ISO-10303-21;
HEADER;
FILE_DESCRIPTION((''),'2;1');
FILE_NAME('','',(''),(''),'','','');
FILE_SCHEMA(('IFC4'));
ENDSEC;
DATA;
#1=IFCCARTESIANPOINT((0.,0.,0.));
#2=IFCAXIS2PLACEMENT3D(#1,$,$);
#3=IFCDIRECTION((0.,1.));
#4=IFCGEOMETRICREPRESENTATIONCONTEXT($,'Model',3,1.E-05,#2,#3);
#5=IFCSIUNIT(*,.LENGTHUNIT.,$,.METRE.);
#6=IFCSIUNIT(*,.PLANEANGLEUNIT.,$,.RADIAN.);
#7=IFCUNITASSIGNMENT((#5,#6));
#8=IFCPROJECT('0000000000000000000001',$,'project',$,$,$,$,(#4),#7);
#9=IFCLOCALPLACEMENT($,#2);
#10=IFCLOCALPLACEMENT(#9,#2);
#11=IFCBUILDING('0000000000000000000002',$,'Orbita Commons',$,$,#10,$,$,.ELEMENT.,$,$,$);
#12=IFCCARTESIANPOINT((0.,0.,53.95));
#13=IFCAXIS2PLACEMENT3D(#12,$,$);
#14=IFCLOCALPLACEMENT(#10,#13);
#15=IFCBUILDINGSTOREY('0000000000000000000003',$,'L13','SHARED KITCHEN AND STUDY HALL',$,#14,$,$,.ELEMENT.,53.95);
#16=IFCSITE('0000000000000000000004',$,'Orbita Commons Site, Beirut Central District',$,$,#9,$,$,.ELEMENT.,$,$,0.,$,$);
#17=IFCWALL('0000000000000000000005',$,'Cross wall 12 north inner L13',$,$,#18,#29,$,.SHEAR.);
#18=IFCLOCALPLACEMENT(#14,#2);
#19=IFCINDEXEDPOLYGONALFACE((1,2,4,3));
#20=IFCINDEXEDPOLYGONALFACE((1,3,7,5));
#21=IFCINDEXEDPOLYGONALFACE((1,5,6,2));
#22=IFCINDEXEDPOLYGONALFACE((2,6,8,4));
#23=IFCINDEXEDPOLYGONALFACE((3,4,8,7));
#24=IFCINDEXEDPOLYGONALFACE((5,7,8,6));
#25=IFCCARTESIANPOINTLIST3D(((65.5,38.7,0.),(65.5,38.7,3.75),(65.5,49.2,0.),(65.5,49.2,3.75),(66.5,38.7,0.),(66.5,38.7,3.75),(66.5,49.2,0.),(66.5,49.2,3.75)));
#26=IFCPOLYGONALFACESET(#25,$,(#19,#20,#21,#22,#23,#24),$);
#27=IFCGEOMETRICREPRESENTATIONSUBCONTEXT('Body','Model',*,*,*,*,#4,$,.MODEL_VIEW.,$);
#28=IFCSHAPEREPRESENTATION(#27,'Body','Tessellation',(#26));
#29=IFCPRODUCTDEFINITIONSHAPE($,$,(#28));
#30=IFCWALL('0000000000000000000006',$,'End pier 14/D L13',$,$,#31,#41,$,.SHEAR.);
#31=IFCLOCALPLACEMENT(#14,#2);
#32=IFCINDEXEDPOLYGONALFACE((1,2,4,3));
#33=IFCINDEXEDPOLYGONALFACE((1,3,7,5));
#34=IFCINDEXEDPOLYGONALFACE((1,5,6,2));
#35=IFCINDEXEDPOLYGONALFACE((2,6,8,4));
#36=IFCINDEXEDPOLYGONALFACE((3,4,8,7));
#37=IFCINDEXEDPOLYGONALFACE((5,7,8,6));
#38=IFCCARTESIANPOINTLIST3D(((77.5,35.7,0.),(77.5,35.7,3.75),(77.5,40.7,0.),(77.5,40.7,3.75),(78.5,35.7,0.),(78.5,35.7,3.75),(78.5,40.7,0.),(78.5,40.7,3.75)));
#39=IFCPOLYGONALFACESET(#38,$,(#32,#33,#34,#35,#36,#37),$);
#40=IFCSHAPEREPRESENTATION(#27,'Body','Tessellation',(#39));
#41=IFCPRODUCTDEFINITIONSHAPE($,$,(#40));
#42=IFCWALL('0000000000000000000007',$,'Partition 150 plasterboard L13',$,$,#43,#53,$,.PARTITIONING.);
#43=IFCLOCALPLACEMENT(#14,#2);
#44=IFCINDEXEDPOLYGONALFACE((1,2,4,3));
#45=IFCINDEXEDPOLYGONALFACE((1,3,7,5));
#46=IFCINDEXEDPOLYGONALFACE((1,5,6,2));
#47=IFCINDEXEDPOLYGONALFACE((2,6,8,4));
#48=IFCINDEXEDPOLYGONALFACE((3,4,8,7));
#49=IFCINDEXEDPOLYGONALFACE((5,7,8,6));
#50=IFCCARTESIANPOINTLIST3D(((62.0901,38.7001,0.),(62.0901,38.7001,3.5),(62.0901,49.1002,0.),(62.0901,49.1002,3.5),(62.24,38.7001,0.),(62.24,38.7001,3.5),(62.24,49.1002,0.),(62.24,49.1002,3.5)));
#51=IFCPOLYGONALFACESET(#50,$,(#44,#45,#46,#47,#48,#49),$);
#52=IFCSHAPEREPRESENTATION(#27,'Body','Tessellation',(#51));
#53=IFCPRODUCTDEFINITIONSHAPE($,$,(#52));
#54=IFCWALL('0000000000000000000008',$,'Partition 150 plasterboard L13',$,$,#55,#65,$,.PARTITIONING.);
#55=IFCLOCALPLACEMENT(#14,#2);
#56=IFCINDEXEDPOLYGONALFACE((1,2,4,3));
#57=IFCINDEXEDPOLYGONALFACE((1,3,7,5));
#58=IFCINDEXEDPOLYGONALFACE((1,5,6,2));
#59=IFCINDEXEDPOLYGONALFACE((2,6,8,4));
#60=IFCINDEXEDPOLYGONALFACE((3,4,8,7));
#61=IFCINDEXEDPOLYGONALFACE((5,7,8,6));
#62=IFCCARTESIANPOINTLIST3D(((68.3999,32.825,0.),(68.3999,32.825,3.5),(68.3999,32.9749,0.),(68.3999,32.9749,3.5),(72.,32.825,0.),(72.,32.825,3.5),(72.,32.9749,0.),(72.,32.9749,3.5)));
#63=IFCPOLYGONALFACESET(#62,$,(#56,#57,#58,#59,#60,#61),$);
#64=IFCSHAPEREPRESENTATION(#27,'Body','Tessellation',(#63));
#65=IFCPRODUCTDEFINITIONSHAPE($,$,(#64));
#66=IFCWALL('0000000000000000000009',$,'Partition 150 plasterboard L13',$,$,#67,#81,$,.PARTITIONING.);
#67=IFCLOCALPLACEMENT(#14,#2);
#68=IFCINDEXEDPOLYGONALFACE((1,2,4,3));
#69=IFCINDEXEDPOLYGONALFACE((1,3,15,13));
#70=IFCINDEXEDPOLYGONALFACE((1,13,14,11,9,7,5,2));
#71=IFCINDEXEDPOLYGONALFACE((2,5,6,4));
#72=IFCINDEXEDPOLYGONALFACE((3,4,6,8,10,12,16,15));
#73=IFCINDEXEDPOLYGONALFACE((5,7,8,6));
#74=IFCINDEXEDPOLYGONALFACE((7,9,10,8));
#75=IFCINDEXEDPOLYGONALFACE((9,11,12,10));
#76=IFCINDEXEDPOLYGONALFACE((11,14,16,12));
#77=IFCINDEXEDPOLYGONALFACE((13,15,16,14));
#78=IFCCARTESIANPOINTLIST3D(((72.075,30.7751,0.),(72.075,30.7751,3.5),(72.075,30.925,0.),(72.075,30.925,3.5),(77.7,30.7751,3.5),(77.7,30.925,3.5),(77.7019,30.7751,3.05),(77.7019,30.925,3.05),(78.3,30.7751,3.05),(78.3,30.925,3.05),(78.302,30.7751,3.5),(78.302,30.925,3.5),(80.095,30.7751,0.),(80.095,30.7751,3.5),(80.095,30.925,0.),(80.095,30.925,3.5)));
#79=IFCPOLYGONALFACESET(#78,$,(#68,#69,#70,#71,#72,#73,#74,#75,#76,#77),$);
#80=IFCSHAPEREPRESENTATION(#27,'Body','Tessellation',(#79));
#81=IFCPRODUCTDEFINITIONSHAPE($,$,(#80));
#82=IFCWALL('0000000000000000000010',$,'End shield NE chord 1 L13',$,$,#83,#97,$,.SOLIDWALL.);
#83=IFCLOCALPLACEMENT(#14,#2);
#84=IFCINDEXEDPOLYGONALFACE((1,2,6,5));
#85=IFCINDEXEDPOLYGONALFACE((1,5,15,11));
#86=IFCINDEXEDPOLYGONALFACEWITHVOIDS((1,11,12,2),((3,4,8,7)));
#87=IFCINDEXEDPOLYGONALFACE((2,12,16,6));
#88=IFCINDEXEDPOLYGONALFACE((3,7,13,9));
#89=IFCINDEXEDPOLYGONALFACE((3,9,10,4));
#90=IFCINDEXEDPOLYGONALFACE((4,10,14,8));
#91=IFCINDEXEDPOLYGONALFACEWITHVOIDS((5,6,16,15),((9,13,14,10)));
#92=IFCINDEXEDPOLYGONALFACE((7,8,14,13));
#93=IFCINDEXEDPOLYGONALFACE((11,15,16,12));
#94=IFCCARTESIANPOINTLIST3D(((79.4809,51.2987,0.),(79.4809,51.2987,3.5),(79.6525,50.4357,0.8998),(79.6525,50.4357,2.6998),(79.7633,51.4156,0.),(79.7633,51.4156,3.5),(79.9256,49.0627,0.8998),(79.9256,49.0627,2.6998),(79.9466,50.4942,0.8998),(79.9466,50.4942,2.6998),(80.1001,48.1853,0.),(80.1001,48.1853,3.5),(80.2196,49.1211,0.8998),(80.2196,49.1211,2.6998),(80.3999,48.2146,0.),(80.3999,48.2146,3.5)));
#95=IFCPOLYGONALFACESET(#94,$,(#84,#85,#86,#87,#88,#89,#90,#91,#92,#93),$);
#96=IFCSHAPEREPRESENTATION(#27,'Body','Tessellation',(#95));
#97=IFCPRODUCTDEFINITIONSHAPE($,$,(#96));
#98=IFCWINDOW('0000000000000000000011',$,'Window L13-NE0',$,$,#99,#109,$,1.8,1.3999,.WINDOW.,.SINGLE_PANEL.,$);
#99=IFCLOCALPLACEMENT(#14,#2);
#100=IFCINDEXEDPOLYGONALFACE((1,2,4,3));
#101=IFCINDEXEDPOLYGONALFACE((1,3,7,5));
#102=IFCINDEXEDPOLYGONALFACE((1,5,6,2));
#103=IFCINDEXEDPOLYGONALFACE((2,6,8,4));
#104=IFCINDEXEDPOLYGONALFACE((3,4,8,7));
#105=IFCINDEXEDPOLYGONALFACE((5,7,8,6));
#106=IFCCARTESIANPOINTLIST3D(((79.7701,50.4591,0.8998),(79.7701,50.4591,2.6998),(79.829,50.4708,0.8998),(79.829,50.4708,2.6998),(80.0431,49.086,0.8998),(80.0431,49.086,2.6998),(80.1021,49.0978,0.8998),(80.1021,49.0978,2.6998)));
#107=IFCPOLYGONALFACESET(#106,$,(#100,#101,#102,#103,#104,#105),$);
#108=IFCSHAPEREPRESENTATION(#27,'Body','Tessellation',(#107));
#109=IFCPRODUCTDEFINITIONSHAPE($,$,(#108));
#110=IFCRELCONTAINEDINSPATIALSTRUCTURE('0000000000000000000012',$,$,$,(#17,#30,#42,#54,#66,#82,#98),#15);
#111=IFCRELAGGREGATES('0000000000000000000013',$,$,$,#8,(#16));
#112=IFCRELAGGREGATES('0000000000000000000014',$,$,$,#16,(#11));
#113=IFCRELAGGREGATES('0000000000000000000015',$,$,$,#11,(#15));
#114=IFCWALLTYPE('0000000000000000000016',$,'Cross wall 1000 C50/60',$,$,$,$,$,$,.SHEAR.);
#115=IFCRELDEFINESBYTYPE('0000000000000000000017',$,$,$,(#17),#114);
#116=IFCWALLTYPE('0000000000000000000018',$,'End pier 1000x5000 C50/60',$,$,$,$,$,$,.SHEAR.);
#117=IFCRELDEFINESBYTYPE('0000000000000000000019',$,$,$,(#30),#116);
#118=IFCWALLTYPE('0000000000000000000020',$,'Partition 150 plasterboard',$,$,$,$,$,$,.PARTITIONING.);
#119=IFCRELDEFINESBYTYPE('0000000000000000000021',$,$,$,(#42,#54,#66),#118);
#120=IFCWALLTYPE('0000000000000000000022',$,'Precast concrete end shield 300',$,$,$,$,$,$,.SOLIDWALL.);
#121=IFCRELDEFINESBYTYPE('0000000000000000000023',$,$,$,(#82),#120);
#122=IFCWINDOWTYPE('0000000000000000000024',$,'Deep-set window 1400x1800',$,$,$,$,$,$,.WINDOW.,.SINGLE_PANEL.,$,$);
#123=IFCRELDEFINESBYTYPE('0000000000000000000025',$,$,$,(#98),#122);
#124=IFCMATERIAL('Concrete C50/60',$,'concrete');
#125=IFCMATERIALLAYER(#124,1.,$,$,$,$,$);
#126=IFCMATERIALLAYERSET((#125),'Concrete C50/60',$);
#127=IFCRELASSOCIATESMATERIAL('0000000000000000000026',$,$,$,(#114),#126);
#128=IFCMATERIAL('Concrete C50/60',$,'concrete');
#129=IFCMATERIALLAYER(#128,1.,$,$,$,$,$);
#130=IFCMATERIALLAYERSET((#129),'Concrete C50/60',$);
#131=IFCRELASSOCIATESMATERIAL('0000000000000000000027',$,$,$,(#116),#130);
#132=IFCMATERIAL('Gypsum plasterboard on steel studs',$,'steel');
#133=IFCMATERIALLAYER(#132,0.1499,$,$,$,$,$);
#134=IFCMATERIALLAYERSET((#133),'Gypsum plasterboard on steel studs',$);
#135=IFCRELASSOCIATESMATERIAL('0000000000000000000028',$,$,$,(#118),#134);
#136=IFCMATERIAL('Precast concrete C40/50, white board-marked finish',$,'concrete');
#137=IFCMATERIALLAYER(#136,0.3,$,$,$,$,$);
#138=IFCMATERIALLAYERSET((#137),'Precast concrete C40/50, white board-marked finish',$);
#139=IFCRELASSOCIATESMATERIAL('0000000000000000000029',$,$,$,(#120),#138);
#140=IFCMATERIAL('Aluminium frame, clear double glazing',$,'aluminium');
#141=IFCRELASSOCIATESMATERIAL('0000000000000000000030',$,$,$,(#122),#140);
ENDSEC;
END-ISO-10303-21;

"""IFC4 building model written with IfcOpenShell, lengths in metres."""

from ifc_helpers import new_model, si_unit, direction, frame, frame_2d, origin, place, context, subcontext, project, spatial, polyline, rectangle, outline, extrude, material, layer, layer_set, type_object, element, fill, save


model = new_model("IFC4")

# Units and contexts
model_context = context("Model", 3, precision=1e-05, world=origin(), true_north=direction((0.0, 1.0)))
body_context = subcontext(model_context, "Body", "Model", "MODEL_VIEW")
ifc_project = project(units=[si_unit("LENGTHUNIT", "METRE"), si_unit("PLANEANGLEUNIT", "RADIAN")], contexts=[model_context])

# Site, building, storey
site_placement = place(None, origin())
site = spatial("IfcSite", under=ifc_project, at=site_placement, Name="Orbita Commons Site, Beirut Central District", CompositionType="ELEMENT", RefElevation=0.0)
building_placement = place(site_placement, origin())
building = spatial("IfcBuilding", under=site, at=building_placement, Name="Orbita Commons", CompositionType="ELEMENT")
storey_placement = place(building_placement, frame((0.0, 0.0, 53.95)))
storey = spatial("IfcBuildingStorey", under=building, at=storey_placement, Name="L13", Description="SHARED KITCHEN AND STUDY HALL", CompositionType="ELEMENT", Elevation=53.95)

# Walls
ifc_material_1 = material(Name="Concrete C50/60", Category="concrete")
ifc_layer_1 = layer(ifc_material_1, 1.0)
ifc_layer_set_1 = layer_set([ifc_layer_1], Name="Concrete C50/60")
wall_type_1 = type_object("IfcWallType", Name="Cross wall 1000 C50/60", PredefinedType="SHEAR", material=ifc_layer_set_1)
for number, where, z_axis, x_axis, name in (
    (1, (66.0, 38.7, 0.0), (0.0, 0.0, 1.0), (0.0, 1.0, 0.0), "Cross wall 12 north inner L13"),
):
    element("IfcWall", number, at=place(storey_placement, frame(where, z_axis=z_axis, x_axis=x_axis)), inside=storey, type_object=wall_type_1, Name=name, PredefinedType="SHEAR", context=body_context, shape_type="SweptSolid", body=[
        extrude(rectangle(XDim=10.5, YDim=1.0, at=frame_2d((5.25, 0.0))), origin(), (0.0, 0.0, 1.0), 3.75),
    ])
ifc_material_2 = material(Name="Concrete C50/60", Category="concrete")
ifc_layer_2 = layer(ifc_material_2, 1.0)
ifc_layer_set_2 = layer_set([ifc_layer_2], Name="Concrete C50/60")
wall_type_2 = type_object("IfcWallType", Name="End pier 1000x5000 C50/60", PredefinedType="SHEAR", material=ifc_layer_set_2)
wall_1_placement = place(storey_placement, frame((78.0, 35.7, 0.0), z_axis=(0.0, 0.0, 1.0), x_axis=(0.0, 1.0, 0.0)))
element("IfcWall", 2, at=wall_1_placement, inside=storey, type_object=wall_type_2, Name="End pier 14/D L13", PredefinedType="SHEAR", context=body_context, shape_type="SweptSolid", body=[
    extrude(rectangle(XDim=5.0, YDim=1.0, at=frame_2d((2.5, 0.0))), origin(), (0.0, 0.0, 1.0), 3.75),
])
ifc_material_3 = material(Name="Gypsum plasterboard on steel studs", Category="steel")
ifc_layer_3 = layer(ifc_material_3, 0.1499)
ifc_layer_set_3 = layer_set([ifc_layer_3], Name="Gypsum plasterboard on steel studs")
wall_type_3 = type_object("IfcWallType", Name="Partition 150 plasterboard", PredefinedType="PARTITIONING", material=ifc_layer_set_3)
wall_2_placement = place(storey_placement, frame((62.165, 38.7, 0.0), z_axis=(0.0, 0.0, 1.0), x_axis=(0.0, 1.0, 0.0)))
element("IfcWall", 3, at=wall_2_placement, inside=storey, type_object=wall_type_3, Name="Partition 150 plasterboard L13", PredefinedType="PARTITIONING", context=body_context, shape_type="SweptSolid", body=[
    extrude(rectangle(XDim=10.4001, YDim=0.1499, at=frame_2d((5.2002, 0.0))), origin(), (0.0, 0.0, 1.0), 3.5),
])
wall_3_placement = place(storey_placement, frame((68.3999, 32.8999, 0.0), z_axis=(0.0, 0.0, 1.0), x_axis=(1.0, 0.0, 0.0)))
element("IfcWall", 4, at=wall_3_placement, inside=storey, type_object=wall_type_3, Name="Partition 150 plasterboard L13", PredefinedType="PARTITIONING", context=body_context, shape_type="SweptSolid", body=[
    extrude(rectangle(XDim=3.6001, YDim=0.1499, at=frame_2d((1.8, 0.0))), origin(), (0.0, 0.0, 1.0), 3.5),
])
wall_4_placement = place(storey_placement, frame((72.075, 30.8501, 0.0), z_axis=(0.0, 0.0, 1.0), x_axis=(1.0, 0.0, 0.0)))
element("IfcWall", 5, at=wall_4_placement, inside=storey, type_object=wall_type_3, Name="Partition 150 plasterboard L13", PredefinedType="PARTITIONING", context=body_context, shape_type="SweptSolid", body=[
    extrude(outline(polyline([(0.0, 0.0), (8.02, 0.0), (8.02, 3.5), (6.2271, 3.5), (6.2251, 3.05), (5.627, 3.05), (5.625, 3.5), (0.0, 3.5), (0.0, 0.0)])), frame((0.0, 0.075, 0.0), z_axis=(0.0, -1.0, 0.0), x_axis=(1.0, 0.0, 0.0)), (0.0, 0.0, 1.0), 0.1499),
])

# Wall, opening, window
ifc_material_4 = material(Name="Precast concrete C40/50, white board-marked finish", Category="concrete")
ifc_layer_4 = layer(ifc_material_4, 0.3)
ifc_layer_set_4 = layer_set([ifc_layer_4], Name="Precast concrete C40/50, white board-marked finish")
wall_type_4 = type_object("IfcWallType", Name="Precast concrete end shield 300", PredefinedType="SOLIDWALL", material=ifc_layer_set_4)
wall_5_placement = place(storey_placement, frame((80.25, 48.2, 0.0), z_axis=(0.0, 0.0, 1.0), x_axis=(-0.195066, 0.98079, 0.0)))
wall_5 = element("IfcWall", 6, at=wall_5_placement, inside=storey, type_object=wall_type_4, Name="End shield NE chord 1 L13", PredefinedType="SOLIDWALL", context=body_context, shape_type="SweptSolid", body=[
    extrude(outline(polyline([(-0.0149, -0.1499), (3.2488, -0.1499), (3.1892, 0.1499), (0.0149, 0.1499), (-0.0149, -0.1499)])), origin(), (0.0, 0.0, 1.0), 3.5),
])
opening_1_placement = place(wall_5_placement, frame((0.9094, 0.0, 0.8999)))
opening_1 = element("IfcOpeningElement", 7, at=opening_1_placement, cuts=wall_5, PredefinedType="OPENING", context=body_context, shape_type="SweptSolid", body=[
    extrude(rectangle(XDim=1.3999, YDim=1.8, at=frame_2d((0.7, 0.8999))), frame((0.0, 0.1599, 0.0), z_axis=(0.0, -1.0, 0.0), x_axis=(1.0, 0.0, 0.0)), (0.0, 0.0, 1.0), 0.3201),
])
ifc_material_5 = material(Name="Aluminium frame, clear double glazing", Category="aluminium")
window_type = type_object("IfcWindowType", Name="Deep-set window 1400x1800", PartitioningType="SINGLE_PANEL", PredefinedType="WINDOW", material=ifc_material_5)
window_placement = place(opening_1_placement, origin())
window = element("IfcWindow", 8, at=window_placement, inside=storey, type_object=window_type, Name="Window L13-NE0", OverallHeight=1.8, OverallWidth=1.3999, PartitioningType="SINGLE_PANEL", PredefinedType="WINDOW", context=body_context, shape_type="SweptSolid", body=[
    extrude(rectangle(XDim=1.3999, YDim=1.8, at=frame_2d((0.7, 0.8999))), frame((0.0, 0.03, 0.0), z_axis=(0.0, -1.0, 0.0), x_axis=(1.0, 0.0, 0.0)), (0.0, 0.0, 1.0), 0.0601),
])
fill(opening_1, window)

save(model, "model.ifc")
